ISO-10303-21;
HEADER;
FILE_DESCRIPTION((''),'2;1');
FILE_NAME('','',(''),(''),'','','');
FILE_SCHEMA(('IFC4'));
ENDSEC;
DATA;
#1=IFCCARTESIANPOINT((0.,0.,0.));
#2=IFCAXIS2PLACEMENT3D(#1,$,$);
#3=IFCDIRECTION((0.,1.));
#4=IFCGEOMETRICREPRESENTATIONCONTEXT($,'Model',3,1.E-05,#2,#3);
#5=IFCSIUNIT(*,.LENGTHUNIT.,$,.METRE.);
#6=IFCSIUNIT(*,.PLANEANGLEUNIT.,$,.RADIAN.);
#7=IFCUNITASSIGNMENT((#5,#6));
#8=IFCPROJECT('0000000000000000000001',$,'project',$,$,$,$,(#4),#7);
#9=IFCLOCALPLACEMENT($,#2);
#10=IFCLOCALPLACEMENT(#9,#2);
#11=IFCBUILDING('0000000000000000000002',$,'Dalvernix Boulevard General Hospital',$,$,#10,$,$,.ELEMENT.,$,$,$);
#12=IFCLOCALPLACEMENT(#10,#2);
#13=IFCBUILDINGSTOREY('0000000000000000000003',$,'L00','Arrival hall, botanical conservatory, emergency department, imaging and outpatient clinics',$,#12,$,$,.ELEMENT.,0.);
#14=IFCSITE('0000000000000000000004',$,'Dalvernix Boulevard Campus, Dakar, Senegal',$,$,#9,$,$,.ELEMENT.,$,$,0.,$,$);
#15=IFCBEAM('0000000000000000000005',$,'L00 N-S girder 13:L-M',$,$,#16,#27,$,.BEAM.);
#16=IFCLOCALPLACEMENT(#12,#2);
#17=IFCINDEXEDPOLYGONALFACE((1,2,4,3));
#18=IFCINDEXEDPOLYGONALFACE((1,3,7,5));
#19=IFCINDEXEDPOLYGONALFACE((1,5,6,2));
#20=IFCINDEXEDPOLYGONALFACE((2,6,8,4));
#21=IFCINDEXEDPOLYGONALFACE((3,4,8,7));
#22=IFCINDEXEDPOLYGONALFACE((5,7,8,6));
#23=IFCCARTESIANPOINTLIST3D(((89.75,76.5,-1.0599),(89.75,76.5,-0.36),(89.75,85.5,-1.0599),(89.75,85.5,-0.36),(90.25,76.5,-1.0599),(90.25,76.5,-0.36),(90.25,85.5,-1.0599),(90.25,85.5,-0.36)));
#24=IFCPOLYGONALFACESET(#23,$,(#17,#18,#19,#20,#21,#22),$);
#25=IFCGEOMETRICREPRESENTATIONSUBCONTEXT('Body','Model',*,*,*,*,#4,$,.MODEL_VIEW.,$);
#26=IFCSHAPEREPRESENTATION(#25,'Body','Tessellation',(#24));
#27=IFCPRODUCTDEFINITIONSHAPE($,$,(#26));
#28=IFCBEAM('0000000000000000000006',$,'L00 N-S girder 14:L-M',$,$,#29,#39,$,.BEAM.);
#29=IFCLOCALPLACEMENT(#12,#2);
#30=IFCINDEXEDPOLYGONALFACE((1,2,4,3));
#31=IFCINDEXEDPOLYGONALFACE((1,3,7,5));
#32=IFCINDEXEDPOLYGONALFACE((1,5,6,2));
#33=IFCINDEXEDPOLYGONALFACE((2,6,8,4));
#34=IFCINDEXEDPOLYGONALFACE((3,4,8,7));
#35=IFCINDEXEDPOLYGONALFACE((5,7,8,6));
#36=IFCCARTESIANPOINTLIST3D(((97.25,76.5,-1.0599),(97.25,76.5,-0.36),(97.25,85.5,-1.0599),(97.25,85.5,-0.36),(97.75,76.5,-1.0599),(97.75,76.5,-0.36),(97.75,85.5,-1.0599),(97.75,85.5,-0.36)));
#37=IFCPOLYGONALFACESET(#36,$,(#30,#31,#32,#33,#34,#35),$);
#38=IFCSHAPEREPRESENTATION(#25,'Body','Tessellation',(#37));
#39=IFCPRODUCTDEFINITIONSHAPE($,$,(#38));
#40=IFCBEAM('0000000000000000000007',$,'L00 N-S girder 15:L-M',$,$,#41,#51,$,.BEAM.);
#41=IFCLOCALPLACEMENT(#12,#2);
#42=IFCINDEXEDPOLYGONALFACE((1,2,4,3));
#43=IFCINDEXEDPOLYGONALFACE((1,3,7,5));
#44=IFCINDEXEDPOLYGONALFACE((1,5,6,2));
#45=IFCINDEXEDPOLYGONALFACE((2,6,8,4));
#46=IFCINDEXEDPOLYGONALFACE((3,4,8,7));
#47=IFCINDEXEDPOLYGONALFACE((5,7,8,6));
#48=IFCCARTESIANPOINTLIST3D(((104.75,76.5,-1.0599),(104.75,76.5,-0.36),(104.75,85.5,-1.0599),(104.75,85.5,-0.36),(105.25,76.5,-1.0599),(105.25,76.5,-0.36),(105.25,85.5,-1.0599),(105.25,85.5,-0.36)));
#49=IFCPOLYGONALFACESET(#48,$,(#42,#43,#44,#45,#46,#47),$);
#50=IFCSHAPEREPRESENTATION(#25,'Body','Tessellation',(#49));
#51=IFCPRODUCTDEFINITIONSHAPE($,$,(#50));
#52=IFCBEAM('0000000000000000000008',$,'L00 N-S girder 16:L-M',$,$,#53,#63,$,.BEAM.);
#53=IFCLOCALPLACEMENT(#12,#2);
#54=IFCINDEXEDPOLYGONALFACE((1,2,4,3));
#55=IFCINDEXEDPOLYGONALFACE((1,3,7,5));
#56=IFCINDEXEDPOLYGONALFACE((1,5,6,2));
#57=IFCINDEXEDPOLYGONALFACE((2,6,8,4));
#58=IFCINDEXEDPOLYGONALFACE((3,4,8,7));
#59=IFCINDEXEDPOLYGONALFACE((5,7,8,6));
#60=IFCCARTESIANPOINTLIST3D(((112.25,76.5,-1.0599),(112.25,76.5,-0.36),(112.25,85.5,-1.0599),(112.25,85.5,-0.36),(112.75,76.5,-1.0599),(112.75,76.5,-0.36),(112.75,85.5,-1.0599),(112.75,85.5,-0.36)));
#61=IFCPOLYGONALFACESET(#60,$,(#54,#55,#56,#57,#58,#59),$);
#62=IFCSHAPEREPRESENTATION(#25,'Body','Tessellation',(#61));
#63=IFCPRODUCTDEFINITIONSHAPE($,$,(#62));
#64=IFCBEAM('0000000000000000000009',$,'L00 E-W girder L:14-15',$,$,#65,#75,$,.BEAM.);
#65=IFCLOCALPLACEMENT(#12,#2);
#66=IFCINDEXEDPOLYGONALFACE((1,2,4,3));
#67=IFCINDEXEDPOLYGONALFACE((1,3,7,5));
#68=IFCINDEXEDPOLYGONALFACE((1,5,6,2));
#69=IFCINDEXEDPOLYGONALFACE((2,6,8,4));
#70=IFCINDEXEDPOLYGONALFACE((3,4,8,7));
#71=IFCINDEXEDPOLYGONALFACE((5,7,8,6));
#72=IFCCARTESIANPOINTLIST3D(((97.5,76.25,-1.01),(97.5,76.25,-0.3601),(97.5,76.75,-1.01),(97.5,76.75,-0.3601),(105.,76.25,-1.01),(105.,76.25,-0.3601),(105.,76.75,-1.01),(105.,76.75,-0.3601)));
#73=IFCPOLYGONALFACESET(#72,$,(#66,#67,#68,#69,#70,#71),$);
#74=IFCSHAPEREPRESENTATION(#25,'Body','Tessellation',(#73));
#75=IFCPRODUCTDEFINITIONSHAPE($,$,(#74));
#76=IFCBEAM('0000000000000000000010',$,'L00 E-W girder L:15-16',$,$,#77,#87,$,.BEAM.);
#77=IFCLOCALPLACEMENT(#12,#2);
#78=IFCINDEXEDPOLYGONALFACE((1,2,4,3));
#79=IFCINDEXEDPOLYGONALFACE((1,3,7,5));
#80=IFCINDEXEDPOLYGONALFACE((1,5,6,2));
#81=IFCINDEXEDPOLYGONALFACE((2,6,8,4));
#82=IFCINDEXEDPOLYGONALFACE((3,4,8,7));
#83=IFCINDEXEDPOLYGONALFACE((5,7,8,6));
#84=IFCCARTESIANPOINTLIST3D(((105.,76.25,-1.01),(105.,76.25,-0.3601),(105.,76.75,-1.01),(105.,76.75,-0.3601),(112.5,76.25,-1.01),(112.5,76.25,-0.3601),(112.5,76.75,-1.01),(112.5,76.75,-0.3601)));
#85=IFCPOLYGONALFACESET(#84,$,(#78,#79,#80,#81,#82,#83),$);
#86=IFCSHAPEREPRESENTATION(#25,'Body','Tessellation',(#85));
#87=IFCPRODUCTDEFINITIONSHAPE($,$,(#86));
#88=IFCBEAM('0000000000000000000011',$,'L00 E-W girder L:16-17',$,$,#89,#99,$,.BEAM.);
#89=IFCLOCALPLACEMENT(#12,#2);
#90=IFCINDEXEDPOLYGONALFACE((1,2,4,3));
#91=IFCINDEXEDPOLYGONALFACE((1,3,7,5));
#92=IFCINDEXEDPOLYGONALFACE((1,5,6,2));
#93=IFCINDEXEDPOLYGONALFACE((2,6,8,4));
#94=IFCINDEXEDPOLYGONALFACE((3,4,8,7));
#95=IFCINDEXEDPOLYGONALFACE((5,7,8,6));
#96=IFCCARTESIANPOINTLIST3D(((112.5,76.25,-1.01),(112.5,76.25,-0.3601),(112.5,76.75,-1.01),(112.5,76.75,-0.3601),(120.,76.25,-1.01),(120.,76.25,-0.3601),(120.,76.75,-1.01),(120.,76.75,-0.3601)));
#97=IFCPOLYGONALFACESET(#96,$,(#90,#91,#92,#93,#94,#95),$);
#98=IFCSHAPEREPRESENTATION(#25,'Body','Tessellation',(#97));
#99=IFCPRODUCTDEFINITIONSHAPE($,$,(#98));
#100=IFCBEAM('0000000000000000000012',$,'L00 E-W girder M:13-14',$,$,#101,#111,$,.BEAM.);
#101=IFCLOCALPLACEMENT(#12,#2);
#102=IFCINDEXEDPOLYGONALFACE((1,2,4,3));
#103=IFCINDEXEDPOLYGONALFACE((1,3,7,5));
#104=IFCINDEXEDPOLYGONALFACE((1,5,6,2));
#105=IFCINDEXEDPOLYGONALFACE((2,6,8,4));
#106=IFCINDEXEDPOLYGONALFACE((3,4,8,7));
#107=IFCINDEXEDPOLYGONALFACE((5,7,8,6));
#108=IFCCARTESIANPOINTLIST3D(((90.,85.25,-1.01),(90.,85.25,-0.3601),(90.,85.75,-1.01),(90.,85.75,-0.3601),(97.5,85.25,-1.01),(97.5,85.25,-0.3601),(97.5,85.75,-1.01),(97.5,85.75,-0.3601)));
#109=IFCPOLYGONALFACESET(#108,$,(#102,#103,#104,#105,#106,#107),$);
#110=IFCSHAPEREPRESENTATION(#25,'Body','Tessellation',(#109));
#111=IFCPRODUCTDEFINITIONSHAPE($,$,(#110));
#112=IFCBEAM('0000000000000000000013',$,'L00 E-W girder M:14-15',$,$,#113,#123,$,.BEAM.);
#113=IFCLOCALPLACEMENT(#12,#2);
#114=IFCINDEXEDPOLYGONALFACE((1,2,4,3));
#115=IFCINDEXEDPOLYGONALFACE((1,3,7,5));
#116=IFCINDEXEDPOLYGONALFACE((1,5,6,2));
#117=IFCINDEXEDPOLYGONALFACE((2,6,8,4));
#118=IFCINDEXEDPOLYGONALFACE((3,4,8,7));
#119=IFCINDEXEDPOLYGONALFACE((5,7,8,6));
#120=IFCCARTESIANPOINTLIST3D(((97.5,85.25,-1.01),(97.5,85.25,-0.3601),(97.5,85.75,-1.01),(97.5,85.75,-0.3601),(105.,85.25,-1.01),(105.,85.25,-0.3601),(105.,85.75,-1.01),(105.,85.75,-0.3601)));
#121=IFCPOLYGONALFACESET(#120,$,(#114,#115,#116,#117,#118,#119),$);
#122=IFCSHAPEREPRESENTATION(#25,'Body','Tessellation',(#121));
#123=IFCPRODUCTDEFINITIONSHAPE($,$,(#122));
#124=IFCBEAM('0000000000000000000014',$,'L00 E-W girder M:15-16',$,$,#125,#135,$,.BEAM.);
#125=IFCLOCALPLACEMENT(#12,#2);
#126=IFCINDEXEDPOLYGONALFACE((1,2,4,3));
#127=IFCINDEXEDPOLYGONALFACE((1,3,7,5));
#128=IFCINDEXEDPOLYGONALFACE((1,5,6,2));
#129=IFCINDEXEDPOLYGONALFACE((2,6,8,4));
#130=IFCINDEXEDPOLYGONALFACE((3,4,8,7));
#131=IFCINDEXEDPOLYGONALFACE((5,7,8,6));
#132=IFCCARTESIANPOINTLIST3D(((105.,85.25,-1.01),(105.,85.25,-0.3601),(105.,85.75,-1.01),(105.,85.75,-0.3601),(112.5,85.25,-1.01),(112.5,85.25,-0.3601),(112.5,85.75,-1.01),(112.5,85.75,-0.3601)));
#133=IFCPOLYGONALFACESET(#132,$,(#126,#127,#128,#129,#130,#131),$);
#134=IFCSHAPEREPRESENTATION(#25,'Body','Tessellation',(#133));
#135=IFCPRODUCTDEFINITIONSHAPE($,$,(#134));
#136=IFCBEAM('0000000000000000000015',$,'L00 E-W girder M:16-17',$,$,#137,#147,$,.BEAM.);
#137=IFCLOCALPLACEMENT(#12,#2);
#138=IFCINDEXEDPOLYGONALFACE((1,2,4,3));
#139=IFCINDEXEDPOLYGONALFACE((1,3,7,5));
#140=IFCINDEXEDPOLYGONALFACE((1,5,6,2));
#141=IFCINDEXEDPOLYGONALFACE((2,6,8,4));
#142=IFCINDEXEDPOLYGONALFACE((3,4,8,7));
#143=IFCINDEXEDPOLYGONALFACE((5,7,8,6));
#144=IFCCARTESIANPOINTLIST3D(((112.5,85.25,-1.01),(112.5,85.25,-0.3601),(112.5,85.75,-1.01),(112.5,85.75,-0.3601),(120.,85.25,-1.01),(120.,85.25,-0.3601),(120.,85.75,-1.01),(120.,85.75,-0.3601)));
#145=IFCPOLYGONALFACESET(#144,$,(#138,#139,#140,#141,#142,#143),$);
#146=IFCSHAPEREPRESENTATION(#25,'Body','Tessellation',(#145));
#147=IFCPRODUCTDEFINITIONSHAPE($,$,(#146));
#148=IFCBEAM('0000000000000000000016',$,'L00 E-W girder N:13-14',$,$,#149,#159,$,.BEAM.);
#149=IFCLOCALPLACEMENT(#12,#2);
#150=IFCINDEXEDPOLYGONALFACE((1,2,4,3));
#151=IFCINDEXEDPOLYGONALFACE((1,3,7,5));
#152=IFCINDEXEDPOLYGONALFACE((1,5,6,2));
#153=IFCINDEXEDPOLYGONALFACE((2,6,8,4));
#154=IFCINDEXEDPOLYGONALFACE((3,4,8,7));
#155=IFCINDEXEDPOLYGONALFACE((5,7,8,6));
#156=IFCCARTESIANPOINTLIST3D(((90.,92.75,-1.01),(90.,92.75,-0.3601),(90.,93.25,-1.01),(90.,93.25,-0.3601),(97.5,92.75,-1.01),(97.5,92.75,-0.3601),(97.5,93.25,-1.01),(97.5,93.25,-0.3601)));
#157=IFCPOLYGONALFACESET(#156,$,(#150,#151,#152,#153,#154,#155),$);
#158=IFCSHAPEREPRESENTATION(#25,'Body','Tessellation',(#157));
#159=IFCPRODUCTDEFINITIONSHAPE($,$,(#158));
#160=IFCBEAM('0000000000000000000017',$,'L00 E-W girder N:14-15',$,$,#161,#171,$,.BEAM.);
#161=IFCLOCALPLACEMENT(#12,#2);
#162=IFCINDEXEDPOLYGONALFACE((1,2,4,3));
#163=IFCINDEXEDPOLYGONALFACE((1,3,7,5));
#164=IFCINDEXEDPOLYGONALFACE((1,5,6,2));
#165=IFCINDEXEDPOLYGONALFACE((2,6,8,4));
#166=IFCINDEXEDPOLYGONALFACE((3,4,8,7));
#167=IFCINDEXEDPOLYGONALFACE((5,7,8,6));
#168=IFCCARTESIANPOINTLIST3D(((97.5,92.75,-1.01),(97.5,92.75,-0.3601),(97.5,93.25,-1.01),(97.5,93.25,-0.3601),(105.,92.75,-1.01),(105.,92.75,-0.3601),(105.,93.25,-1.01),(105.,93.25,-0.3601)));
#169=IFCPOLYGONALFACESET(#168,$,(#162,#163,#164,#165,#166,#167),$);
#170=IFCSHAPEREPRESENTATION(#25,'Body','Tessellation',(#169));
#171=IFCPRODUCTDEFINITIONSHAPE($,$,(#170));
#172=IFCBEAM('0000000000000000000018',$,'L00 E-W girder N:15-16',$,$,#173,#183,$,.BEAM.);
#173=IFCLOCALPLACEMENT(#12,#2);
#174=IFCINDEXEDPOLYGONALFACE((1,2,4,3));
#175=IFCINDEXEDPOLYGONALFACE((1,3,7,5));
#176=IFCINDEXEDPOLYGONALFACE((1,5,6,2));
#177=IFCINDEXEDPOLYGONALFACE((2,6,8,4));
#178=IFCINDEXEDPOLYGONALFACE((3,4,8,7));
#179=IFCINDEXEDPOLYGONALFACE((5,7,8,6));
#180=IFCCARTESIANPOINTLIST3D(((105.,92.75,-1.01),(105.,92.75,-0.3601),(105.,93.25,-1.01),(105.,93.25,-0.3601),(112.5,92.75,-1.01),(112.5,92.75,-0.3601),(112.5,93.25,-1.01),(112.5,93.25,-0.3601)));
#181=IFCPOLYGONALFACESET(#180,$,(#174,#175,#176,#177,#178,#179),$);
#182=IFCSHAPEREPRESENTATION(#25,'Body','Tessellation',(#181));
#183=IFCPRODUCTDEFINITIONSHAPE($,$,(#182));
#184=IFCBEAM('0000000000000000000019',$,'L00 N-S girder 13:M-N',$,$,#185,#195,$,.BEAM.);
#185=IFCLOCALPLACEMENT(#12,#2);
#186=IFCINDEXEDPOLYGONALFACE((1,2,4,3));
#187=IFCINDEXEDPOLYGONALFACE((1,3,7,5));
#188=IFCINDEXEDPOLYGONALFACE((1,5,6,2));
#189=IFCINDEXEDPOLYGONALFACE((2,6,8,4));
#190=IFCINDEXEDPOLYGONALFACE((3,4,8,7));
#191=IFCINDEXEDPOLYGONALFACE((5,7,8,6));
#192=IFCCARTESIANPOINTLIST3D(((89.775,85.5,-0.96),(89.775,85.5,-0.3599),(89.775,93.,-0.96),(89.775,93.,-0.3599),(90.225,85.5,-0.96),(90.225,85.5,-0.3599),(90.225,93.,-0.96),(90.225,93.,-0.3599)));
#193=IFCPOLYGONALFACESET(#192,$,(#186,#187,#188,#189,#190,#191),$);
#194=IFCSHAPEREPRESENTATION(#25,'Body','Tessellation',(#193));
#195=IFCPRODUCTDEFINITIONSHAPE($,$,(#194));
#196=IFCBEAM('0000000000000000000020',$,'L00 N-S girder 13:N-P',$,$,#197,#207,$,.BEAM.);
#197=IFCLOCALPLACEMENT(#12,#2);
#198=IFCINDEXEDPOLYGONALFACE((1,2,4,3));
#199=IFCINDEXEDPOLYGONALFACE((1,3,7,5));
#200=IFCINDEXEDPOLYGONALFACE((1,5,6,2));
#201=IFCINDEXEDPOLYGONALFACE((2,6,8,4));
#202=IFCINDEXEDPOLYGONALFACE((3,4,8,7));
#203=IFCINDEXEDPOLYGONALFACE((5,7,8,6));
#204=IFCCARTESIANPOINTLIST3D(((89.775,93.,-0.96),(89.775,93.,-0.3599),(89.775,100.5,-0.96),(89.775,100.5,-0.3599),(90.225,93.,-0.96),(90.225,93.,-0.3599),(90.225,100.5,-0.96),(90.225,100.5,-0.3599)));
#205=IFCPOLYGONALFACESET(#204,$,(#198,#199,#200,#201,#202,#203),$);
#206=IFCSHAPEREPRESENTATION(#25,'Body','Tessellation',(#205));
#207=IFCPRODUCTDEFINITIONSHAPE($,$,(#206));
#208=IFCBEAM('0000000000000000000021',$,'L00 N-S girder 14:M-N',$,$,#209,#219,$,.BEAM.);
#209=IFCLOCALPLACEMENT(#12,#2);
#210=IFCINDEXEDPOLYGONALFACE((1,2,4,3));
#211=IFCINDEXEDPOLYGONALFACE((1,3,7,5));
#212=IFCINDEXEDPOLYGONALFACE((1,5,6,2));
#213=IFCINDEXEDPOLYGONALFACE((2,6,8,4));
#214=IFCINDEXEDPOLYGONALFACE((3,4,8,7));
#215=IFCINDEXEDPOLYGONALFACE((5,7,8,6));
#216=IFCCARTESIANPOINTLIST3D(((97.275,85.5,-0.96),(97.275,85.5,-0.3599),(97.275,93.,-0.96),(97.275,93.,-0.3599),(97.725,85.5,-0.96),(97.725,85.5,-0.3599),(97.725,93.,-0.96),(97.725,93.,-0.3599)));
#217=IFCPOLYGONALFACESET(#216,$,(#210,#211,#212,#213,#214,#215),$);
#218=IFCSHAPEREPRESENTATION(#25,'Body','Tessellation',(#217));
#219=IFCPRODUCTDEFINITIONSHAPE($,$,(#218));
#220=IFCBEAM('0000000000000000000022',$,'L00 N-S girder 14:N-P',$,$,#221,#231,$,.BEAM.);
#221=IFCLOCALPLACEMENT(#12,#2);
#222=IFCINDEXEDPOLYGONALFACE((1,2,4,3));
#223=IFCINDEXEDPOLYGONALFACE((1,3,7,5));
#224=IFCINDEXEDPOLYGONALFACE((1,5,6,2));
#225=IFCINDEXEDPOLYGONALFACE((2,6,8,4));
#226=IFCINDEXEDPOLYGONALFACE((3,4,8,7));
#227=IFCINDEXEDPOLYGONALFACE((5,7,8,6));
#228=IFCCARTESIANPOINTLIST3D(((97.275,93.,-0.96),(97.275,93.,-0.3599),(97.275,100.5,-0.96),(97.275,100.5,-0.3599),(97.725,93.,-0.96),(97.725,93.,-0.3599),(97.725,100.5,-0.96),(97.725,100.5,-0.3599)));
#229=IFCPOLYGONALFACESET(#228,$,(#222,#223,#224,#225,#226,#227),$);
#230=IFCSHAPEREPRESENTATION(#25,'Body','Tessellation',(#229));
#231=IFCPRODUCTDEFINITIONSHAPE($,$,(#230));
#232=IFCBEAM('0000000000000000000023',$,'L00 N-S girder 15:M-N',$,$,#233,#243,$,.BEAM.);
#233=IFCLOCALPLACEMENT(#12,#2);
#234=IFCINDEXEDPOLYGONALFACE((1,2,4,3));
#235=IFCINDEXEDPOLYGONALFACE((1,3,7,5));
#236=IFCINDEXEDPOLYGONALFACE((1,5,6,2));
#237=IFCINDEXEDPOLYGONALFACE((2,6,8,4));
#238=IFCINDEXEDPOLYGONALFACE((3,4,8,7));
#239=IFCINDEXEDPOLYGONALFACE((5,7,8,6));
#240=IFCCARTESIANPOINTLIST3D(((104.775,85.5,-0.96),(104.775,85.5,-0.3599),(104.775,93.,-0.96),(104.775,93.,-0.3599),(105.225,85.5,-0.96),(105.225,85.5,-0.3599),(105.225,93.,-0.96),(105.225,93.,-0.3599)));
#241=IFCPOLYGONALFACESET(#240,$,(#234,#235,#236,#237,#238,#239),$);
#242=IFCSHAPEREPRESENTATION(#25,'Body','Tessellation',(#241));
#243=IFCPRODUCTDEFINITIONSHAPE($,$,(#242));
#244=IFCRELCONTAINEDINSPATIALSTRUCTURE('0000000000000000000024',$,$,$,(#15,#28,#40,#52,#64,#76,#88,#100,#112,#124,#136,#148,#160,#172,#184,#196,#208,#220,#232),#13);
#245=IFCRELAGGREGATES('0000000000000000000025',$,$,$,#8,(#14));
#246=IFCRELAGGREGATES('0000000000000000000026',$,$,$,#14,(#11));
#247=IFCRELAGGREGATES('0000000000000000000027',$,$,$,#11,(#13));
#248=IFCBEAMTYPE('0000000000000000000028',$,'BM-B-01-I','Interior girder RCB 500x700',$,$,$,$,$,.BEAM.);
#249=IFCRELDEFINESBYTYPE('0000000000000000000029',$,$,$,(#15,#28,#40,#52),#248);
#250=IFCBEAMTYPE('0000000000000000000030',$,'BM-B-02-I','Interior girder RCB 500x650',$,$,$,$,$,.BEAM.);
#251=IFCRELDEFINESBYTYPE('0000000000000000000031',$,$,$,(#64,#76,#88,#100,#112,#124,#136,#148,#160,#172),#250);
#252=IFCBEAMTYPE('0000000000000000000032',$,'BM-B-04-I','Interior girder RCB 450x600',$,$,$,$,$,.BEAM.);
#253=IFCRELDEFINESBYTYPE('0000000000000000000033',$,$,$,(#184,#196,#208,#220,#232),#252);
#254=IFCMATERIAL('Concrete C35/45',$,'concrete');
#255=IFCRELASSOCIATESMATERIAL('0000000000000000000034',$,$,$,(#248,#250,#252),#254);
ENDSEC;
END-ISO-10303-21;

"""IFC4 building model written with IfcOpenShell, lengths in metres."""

from ifc_helpers import new_model, si_unit, direction, frame, origin, origin_2d, place, context, subcontext, project, spatial, rectangle, extrude, material, material_profile, profile_set, type_object, element, save


model = new_model("IFC4")

# Units and contexts
model_context = context("Model", 3, precision=1e-05, world=origin(), true_north=direction((0.0, 1.0)))
body_context = subcontext(model_context, "Body", "Model", "MODEL_VIEW")
ifc_project = project(units=[si_unit("LENGTHUNIT", "METRE"), si_unit("PLANEANGLEUNIT", "RADIAN")], contexts=[model_context])

# Site, building, storey
site_placement = place(None, origin())
site = spatial("IfcSite", under=ifc_project, at=site_placement, Name="Dalvernix Boulevard Campus, Dakar, Senegal", CompositionType="ELEMENT", RefElevation=0.0)
building_placement = place(site_placement, origin())
building = spatial("IfcBuilding", under=site, at=building_placement, Name="Dalvernix Boulevard General Hospital", CompositionType="ELEMENT")
storey_placement = place(building_placement, origin())
storey = spatial("IfcBuildingStorey", under=building, at=storey_placement, Name="L00", Description="Arrival hall, botanical conservatory, emergency department, imaging and outpatient clinics", CompositionType="ELEMENT", Elevation=0.0)

# Beams
ifc_material_1 = material(Name="Concrete C35/45", Category="concrete")
ifc_material_profile_1 = material_profile(ifc_material_1, rectangle(XDim=0.5, YDim=0.7, at=origin_2d()), Name="RCB 500x700")
ifc_profile_set_1 = profile_set([ifc_material_profile_1], Name="Concrete C35/45")
beam_type_1 = type_object("IfcBeamType", Name="BM-B-01-I", Description="Interior girder RCB 500x700", PredefinedType="BEAM", material=ifc_profile_set_1)
for number, where, z_axis, x_axis, name in (
    (1, (90.0, 76.5, -0.71), (0.0, 1.0, 0.0), (-1.0, 0.0, 0.0), "L00 N-S girder 13:L-M"),
    (2, (97.5, 76.5, -0.71), (0.0, 1.0, 0.0), (-1.0, 0.0, 0.0), "L00 N-S girder 14:L-M"),
    (3, (105.0, 76.5, -0.71), (0.0, 1.0, 0.0), (-1.0, 0.0, 0.0), "L00 N-S girder 15:L-M"),
    (4, (112.5, 76.5, -0.71), (0.0, 1.0, 0.0), (-1.0, 0.0, 0.0), "L00 N-S girder 16:L-M"),
):
    element("IfcBeam", number, at=place(storey_placement, frame(where, z_axis=z_axis, x_axis=x_axis)), inside=storey, type_object=beam_type_1, Name=name, PredefinedType="BEAM", context=body_context, shape_type="SweptSolid", body=[
        extrude(rectangle(XDim=0.5, YDim=0.7, at=origin_2d()), origin(), (0.0, 0.0, 1.0), 9.0),
    ])
ifc_material_profile_2 = material_profile(ifc_material_1, rectangle(XDim=0.5, YDim=0.6499, at=origin_2d()), Name="RCB 500x650")
ifc_profile_set_2 = profile_set([ifc_material_profile_2], Name="Concrete C35/45")
beam_type_2 = type_object("IfcBeamType", Name="BM-B-02-I", Description="Interior girder RCB 500x650", PredefinedType="BEAM", material=ifc_profile_set_2)
for number, where, z_axis, x_axis, name in (
    (5, (97.5, 76.5, -0.6851), (1.0, 0.0, 0.0), (0.0, 1.0, 0.0), "L00 E-W girder L:14-15"),
    (6, (105.0, 76.5, -0.6851), (1.0, 0.0, 0.0), (0.0, 1.0, 0.0), "L00 E-W girder L:15-16"),
    (7, (112.5, 76.5, -0.6851), (1.0, 0.0, 0.0), (0.0, 1.0, 0.0), "L00 E-W girder L:16-17"),
    (8, (90.0, 85.5, -0.6851), (1.0, 0.0, 0.0), (0.0, 1.0, 0.0), "L00 E-W girder M:13-14"),
    (9, (97.5, 85.5, -0.6851), (1.0, 0.0, 0.0), (0.0, 1.0, 0.0), "L00 E-W girder M:14-15"),
    (10, (105.0, 85.5, -0.6851), (1.0, 0.0, 0.0), (0.0, 1.0, 0.0), "L00 E-W girder M:15-16"),
    (11, (112.5, 85.5, -0.6851), (1.0, 0.0, 0.0), (0.0, 1.0, 0.0), "L00 E-W girder M:16-17"),
    (12, (90.0, 93.0, -0.6851), (1.0, 0.0, 0.0), (0.0, 1.0, 0.0), "L00 E-W girder N:13-14"),
    (13, (97.5, 93.0, -0.6851), (1.0, 0.0, 0.0), (0.0, 1.0, 0.0), "L00 E-W girder N:14-15"),
    (14, (105.0, 93.0, -0.6851), (1.0, 0.0, 0.0), (0.0, 1.0, 0.0), "L00 E-W girder N:15-16"),
):
    element("IfcBeam", number, at=place(storey_placement, frame(where, z_axis=z_axis, x_axis=x_axis)), inside=storey, type_object=beam_type_2, Name=name, PredefinedType="BEAM", context=body_context, shape_type="SweptSolid", body=[
        extrude(rectangle(XDim=0.5, YDim=0.6499, at=origin_2d()), origin(), (0.0, 0.0, 1.0), 7.5),
    ])
ifc_material_profile_3 = material_profile(ifc_material_1, rectangle(XDim=0.45, YDim=0.6001, at=origin_2d()), Name="RCB 450x600")
ifc_profile_set_3 = profile_set([ifc_material_profile_3], Name="Concrete C35/45")
beam_type_3 = type_object("IfcBeamType", Name="BM-B-04-I", Description="Interior girder RCB 450x600", PredefinedType="BEAM", material=ifc_profile_set_3)
for number, where, z_axis, x_axis, name in (
    (15, (90.0, 85.5, -0.6599), (0.0, 1.0, 0.0), (-1.0, 0.0, 0.0), "L00 N-S girder 13:M-N"),
    (16, (90.0, 93.0, -0.6599), (0.0, 1.0, 0.0), (-1.0, 0.0, 0.0), "L00 N-S girder 13:N-P"),
    (17, (97.5, 85.5, -0.6599), (0.0, 1.0, 0.0), (-1.0, 0.0, 0.0), "L00 N-S girder 14:M-N"),
    (18, (97.5, 93.0, -0.6599), (0.0, 1.0, 0.0), (-1.0, 0.0, 0.0), "L00 N-S girder 14:N-P"),
    (19, (105.0, 85.5, -0.6599), (0.0, 1.0, 0.0), (-1.0, 0.0, 0.0), "L00 N-S girder 15:M-N"),
):
    element("IfcBeam", number, at=place(storey_placement, frame(where, z_axis=z_axis, x_axis=x_axis)), inside=storey, type_object=beam_type_3, Name=name, PredefinedType="BEAM", context=body_context, shape_type="SweptSolid", body=[
        extrude(rectangle(XDim=0.45, YDim=0.6001, at=origin_2d()), origin(), (0.0, 0.0, 1.0), 7.5),
    ])

save(model, "model.ifc")
